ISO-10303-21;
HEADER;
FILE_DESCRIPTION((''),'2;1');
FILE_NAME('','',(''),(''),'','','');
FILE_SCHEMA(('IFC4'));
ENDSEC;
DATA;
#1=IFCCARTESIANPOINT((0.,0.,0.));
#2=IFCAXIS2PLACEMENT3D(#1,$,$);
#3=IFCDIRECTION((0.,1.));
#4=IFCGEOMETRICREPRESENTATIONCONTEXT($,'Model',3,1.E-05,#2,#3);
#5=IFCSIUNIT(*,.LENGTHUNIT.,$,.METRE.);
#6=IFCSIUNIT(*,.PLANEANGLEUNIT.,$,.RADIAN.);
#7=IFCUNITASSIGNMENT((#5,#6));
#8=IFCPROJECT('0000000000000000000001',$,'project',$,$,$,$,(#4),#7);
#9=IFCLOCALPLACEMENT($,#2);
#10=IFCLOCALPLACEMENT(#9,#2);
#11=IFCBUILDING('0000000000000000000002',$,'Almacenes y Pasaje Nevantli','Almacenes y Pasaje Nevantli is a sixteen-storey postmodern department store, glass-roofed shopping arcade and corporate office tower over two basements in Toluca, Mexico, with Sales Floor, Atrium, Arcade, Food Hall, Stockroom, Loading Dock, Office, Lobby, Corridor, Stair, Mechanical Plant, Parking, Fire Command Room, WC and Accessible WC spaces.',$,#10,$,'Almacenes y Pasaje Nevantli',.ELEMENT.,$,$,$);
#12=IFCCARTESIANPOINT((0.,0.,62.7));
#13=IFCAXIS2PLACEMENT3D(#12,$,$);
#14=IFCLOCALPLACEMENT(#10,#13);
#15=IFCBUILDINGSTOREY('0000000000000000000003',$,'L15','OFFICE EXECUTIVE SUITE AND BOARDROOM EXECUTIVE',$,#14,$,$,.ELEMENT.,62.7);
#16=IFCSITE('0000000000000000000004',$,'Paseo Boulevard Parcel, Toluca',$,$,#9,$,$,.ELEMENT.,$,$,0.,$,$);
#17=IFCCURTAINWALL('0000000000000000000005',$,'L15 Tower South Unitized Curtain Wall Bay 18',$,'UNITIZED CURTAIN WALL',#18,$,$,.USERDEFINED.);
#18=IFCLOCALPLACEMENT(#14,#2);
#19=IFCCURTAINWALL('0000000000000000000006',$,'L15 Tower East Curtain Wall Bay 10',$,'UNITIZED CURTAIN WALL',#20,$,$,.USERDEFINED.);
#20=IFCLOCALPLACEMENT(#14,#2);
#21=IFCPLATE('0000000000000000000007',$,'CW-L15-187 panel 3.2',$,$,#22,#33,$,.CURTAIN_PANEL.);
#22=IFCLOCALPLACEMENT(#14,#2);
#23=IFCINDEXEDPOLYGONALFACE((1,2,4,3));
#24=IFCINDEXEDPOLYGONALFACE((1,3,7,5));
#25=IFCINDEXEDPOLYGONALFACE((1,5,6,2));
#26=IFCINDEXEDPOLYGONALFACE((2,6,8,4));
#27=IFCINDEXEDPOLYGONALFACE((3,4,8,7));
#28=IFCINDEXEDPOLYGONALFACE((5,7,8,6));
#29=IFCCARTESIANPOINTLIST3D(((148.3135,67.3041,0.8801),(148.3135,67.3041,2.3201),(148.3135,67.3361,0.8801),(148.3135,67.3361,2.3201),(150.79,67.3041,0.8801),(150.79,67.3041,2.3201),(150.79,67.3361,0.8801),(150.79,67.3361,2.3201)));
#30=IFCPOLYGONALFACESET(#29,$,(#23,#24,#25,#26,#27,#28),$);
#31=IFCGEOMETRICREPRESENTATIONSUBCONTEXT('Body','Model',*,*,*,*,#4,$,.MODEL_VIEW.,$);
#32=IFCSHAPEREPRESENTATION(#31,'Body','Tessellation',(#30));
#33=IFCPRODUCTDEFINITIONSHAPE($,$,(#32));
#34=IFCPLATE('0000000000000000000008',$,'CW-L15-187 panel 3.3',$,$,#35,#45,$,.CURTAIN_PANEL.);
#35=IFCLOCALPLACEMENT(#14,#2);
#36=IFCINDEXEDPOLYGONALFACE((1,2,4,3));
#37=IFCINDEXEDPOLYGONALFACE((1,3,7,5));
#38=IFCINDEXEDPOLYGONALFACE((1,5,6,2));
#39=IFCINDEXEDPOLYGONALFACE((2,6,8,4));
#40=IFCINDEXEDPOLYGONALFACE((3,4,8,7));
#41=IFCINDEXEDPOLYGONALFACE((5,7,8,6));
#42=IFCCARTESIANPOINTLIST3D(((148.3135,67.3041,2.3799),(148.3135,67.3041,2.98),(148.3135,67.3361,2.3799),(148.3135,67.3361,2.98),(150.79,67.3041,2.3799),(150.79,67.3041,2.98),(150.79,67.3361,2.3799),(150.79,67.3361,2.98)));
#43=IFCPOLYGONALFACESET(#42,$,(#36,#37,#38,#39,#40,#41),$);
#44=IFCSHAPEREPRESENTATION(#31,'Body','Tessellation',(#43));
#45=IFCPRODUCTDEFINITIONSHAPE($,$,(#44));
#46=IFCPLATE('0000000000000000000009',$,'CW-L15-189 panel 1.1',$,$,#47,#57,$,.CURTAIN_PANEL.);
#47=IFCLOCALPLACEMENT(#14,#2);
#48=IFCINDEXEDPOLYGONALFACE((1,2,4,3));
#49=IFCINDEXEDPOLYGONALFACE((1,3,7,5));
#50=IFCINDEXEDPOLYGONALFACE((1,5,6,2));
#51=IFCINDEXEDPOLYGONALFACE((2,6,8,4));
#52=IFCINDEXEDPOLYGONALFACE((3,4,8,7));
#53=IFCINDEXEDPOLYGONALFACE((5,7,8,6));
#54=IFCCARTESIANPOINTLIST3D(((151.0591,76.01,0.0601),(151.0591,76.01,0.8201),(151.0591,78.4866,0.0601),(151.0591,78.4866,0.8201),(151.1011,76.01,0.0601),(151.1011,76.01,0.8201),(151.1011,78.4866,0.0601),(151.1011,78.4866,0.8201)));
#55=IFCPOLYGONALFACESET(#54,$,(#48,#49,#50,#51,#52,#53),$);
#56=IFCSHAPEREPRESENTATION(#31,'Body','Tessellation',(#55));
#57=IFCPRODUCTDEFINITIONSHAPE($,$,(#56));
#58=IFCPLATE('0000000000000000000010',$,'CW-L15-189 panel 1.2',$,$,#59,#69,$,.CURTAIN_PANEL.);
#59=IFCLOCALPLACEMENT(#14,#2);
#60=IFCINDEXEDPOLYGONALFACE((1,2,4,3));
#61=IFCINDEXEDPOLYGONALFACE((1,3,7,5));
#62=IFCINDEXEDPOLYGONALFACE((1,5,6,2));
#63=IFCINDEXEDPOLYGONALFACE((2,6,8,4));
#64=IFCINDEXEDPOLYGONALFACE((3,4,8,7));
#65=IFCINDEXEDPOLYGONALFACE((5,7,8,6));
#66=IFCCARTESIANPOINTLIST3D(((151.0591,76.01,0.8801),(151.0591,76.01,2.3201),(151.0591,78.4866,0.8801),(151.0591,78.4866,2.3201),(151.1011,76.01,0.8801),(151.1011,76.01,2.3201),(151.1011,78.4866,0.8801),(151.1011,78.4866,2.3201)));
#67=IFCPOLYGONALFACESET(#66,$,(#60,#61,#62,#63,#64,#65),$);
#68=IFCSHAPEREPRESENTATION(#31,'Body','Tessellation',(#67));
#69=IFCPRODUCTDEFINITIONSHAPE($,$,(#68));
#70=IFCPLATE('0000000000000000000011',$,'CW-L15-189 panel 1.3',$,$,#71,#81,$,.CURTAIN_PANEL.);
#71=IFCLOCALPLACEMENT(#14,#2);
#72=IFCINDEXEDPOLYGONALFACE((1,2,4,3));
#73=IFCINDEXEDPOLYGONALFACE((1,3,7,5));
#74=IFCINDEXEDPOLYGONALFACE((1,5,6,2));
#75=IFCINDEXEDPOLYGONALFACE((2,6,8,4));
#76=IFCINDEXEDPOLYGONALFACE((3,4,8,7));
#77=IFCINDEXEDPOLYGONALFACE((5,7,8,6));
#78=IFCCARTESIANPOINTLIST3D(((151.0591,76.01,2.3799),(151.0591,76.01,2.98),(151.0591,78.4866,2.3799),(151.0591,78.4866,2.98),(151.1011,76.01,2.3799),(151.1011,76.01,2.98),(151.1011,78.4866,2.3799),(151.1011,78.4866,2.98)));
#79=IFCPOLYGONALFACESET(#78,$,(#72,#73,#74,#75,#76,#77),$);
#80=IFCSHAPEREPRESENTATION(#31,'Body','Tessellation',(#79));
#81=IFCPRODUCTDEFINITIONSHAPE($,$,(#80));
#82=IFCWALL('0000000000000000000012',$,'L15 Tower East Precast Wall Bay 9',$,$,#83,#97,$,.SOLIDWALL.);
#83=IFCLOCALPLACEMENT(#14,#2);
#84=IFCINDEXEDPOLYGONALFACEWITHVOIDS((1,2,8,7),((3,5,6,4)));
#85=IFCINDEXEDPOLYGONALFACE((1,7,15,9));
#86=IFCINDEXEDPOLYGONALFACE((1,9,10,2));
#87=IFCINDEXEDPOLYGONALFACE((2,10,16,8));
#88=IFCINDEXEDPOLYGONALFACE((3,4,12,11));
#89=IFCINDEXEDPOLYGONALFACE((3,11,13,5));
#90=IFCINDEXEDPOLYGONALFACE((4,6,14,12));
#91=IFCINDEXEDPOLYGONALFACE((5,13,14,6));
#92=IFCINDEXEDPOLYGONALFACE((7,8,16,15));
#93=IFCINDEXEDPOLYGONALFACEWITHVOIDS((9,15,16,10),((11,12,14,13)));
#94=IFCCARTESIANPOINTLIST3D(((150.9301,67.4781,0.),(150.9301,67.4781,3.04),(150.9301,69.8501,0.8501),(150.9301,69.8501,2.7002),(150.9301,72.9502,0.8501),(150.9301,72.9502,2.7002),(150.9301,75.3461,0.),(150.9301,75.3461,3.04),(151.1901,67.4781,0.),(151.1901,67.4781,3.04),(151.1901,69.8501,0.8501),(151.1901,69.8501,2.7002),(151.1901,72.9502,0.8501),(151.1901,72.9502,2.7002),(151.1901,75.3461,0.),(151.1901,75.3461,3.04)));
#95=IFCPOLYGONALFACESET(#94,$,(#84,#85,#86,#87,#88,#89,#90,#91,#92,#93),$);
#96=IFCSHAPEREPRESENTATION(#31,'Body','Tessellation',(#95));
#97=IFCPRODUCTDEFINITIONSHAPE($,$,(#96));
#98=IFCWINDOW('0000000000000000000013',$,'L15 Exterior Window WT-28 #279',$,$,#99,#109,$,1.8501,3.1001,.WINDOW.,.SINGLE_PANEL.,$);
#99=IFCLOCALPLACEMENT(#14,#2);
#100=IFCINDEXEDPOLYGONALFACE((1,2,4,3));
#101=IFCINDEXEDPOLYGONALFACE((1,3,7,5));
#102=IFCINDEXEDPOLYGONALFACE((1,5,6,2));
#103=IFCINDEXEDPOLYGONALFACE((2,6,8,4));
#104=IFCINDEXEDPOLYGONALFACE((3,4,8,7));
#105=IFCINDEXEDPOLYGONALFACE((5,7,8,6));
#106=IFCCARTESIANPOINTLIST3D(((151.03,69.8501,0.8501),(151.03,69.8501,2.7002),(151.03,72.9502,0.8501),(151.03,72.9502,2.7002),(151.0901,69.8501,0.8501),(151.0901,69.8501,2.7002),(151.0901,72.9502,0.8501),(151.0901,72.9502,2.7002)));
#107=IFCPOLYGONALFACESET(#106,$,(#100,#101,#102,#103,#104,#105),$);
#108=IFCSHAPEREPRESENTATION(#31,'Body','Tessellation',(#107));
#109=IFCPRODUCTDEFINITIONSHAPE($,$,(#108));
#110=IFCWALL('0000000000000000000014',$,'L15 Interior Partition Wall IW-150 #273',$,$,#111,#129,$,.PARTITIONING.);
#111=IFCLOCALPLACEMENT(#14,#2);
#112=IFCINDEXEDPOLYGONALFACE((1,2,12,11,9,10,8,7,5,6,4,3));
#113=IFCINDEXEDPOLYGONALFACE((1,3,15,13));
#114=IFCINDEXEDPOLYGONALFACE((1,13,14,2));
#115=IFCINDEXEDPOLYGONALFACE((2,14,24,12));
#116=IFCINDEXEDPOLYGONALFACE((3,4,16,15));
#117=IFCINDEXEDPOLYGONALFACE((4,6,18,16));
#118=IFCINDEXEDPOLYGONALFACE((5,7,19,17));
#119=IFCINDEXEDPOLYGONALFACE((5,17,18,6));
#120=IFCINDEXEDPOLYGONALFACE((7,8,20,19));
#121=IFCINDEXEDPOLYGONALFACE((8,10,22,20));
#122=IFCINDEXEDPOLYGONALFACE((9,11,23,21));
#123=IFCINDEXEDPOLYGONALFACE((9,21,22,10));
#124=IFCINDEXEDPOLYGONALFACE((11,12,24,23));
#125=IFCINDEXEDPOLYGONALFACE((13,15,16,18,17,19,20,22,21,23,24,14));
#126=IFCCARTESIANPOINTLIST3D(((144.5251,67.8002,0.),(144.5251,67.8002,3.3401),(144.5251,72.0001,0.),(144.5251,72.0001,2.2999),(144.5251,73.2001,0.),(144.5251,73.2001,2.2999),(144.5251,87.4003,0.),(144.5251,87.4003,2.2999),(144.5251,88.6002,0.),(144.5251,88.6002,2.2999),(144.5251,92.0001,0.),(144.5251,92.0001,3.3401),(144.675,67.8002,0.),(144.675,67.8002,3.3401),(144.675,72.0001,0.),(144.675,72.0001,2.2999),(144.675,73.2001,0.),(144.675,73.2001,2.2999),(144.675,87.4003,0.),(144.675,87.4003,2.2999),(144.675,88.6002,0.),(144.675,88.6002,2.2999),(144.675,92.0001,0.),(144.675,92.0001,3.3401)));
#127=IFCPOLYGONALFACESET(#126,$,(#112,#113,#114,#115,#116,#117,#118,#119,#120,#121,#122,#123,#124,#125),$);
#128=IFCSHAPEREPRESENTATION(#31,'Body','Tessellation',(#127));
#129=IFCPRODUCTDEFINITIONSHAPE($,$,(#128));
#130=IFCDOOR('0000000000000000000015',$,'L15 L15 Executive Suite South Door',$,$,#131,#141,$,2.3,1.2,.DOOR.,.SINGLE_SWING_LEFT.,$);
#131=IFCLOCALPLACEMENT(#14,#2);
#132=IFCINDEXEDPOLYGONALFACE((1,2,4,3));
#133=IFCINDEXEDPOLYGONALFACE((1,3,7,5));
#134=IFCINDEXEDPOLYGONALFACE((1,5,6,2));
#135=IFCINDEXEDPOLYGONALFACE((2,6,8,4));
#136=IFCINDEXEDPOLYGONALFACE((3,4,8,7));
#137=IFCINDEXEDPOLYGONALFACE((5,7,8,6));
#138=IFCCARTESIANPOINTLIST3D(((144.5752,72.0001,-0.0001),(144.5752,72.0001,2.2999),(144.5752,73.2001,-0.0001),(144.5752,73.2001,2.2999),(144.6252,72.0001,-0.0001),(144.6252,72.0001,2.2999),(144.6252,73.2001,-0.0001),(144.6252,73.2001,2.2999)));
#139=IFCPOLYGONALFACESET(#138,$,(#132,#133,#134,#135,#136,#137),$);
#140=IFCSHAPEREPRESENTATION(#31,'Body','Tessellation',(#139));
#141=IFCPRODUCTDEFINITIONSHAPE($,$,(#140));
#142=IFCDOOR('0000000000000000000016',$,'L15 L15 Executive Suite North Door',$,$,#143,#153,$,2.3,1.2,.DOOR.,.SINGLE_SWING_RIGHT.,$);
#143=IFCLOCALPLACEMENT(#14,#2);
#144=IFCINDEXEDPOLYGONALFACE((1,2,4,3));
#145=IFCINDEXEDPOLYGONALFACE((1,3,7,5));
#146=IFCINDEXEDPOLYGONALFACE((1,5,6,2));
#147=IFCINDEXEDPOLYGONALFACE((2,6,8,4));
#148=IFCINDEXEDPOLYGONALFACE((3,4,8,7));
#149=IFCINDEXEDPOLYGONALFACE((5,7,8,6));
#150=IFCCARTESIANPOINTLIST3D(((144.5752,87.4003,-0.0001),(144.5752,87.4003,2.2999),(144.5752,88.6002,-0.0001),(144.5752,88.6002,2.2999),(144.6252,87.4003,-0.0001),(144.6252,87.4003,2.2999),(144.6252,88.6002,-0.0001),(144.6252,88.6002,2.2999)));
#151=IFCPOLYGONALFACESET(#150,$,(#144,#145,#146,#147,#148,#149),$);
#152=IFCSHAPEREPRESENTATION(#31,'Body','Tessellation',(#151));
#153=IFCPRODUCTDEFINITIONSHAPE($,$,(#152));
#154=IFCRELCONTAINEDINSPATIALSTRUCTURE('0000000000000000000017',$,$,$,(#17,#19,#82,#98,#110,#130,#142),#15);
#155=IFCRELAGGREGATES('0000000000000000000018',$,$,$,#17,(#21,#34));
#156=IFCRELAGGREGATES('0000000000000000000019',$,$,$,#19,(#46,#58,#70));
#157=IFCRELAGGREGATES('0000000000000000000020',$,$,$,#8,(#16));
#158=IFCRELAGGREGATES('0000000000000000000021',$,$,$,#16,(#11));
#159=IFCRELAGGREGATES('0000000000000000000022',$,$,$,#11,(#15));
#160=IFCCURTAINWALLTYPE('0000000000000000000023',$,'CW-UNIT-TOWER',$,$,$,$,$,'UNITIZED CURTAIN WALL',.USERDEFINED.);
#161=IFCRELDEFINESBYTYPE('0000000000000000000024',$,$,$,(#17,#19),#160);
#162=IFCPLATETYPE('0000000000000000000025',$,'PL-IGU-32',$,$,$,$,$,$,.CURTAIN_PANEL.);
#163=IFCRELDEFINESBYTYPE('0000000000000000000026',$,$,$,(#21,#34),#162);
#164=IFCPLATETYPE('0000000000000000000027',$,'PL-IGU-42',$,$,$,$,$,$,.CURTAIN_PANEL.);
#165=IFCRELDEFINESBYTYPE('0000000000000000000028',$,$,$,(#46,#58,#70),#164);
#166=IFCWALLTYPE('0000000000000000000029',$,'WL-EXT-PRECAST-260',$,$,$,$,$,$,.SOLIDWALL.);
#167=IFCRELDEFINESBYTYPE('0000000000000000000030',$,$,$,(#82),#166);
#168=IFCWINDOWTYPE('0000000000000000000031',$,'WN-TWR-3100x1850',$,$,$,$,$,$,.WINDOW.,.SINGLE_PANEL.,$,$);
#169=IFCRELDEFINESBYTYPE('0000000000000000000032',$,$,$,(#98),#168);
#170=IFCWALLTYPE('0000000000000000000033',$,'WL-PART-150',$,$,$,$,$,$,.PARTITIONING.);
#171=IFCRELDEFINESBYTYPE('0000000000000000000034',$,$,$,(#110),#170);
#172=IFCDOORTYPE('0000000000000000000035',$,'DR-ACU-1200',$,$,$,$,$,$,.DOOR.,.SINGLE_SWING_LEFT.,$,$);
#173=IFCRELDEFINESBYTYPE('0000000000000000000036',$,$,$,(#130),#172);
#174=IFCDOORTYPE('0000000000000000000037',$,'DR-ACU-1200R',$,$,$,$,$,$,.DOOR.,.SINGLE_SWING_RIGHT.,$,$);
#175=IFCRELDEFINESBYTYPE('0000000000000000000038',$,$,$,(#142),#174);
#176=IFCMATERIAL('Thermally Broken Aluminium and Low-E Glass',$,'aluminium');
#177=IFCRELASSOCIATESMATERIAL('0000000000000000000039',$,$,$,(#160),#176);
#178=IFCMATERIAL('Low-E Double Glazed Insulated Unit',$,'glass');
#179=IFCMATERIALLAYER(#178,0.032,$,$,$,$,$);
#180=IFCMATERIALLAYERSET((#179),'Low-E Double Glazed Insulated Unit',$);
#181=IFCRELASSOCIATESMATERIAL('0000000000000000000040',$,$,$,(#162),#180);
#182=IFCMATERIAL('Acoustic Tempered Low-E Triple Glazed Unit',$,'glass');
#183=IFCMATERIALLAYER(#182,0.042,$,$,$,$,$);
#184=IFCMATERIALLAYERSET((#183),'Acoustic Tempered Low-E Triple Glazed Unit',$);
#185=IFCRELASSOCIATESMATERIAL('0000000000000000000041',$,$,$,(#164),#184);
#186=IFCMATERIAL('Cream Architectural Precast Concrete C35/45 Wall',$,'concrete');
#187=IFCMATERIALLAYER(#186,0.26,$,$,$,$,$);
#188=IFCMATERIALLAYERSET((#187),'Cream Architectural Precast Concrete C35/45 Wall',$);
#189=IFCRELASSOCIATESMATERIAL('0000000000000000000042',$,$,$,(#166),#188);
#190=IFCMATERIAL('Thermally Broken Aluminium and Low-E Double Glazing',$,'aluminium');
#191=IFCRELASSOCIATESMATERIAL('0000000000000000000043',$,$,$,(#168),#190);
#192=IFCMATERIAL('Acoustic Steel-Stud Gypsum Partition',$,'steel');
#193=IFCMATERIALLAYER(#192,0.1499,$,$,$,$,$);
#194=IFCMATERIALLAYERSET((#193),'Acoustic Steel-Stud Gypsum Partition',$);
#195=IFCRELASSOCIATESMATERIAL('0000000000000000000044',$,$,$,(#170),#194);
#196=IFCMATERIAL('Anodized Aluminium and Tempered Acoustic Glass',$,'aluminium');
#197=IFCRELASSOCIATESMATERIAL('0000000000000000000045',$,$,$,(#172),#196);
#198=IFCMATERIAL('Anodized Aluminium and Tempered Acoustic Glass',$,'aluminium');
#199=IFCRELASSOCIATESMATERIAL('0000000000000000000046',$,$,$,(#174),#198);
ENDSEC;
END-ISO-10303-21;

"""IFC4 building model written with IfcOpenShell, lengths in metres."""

from ifc_helpers import new_model, si_unit, direction, frame, frame_2d, origin, origin_2d, place, context, subcontext, project, spatial, rectangle, extrude, material, layer, layer_set, type_object, element, fill, aggregate, save


model = new_model("IFC4")

# Units and contexts
model_context = context("Model", 3, precision=1e-05, world=origin(), true_north=direction((0.0, 1.0)))
body_context = subcontext(model_context, "Body", "Model", "MODEL_VIEW")
ifc_project = project(units=[si_unit("LENGTHUNIT", "METRE"), si_unit("PLANEANGLEUNIT", "RADIAN")], contexts=[model_context])

# Site, building, storey
site_placement = place(None, origin())
site = spatial("IfcSite", under=ifc_project, at=site_placement, Name="Paseo Boulevard Parcel, Toluca", CompositionType="ELEMENT", RefElevation=0.0)
building_placement = place(site_placement, origin())
building = spatial("IfcBuilding", under=site, at=building_placement, Name="Almacenes y Pasaje Nevantli", Description="Almacenes y Pasaje Nevantli is a sixteen-storey postmodern department store, glass-roofed shopping arcade and corporate office tower over two basements in Toluca, Mexico, with Sales Floor, Atrium, Arcade, Food Hall, Stockroom, Loading Dock, Office, Lobby, Corridor, Stair, Mechanical Plant, Parking, Fire Command Room, WC and Accessible WC spaces.", LongName="Almacenes y Pasaje Nevantli", CompositionType="ELEMENT")
storey_placement = place(building_placement, frame((0.0, 0.0, 62.7)))
storey = spatial("IfcBuildingStorey", under=building, at=storey_placement, Name="L15", Description="OFFICE EXECUTIVE SUITE AND BOARDROOM EXECUTIVE", CompositionType="ELEMENT", Elevation=62.7)

# Curtain wall
ifc_material_1 = material(Name="Thermally Broken Aluminium and Low-E Glass", Category="aluminium")
curtain_wall_type = type_object("IfcCurtainWallType", Name="CW-UNIT-TOWER", ElementType="UNITIZED CURTAIN WALL", PredefinedType="USERDEFINED", material=ifc_material_1)
curtain_wall_1_placement = place(storey_placement, origin())
curtain_wall_1 = element("IfcCurtainWall", 1, at=curtain_wall_1_placement, inside=storey, type_object=curtain_wall_type, Name="L15 Tower South Unitized Curtain Wall Bay 18", ObjectType="UNITIZED CURTAIN WALL", PredefinedType="USERDEFINED")

# Curtain wall
curtain_wall_2_placement = place(storey_placement, origin())
curtain_wall_2 = element("IfcCurtainWall", 2, at=curtain_wall_2_placement, inside=storey, type_object=curtain_wall_type, Name="L15 Tower East Curtain Wall Bay 10", ObjectType="UNITIZED CURTAIN WALL", PredefinedType="USERDEFINED")

# Plates
ifc_material_2 = material(Name="Low-E Double Glazed Insulated Unit", Category="glass")
ifc_layer_1 = layer(ifc_material_2, 0.032)
ifc_layer_set_1 = layer_set([ifc_layer_1], Name="Low-E Double Glazed Insulated Unit")
plate_type_1 = type_object("IfcPlateType", Name="PL-IGU-32", PredefinedType="CURTAIN_PANEL", material=ifc_layer_set_1)
plate_1_placement = place(storey_placement, frame((149.5518, 67.3201, 0.8801), z_axis=(0.0, 0.0, 1.0), x_axis=(1.0, 0.0, 0.0)))
plate_1 = element("IfcPlate", 3, at=plate_1_placement, type_object=plate_type_1, Name="CW-L15-187 panel 3.2", PredefinedType="CURTAIN_PANEL", context=body_context, shape_type="SweptSolid", body=[
    extrude(rectangle(XDim=2.4766, YDim=0.032, at=origin_2d()), origin(), (0.0, 0.0, 1.0), 1.4399),
])
plate_2_placement = place(storey_placement, frame((149.5518, 67.3201, 2.3799), z_axis=(0.0, 0.0, 1.0), x_axis=(1.0, 0.0, 0.0)))
plate_2 = element("IfcPlate", 4, at=plate_2_placement, type_object=plate_type_1, Name="CW-L15-187 panel 3.3", PredefinedType="CURTAIN_PANEL", context=body_context, shape_type="SweptSolid", body=[
    extrude(rectangle(XDim=2.4766, YDim=0.032, at=origin_2d()), origin(), (0.0, 0.0, 1.0), 0.6001),
])
aggregate(curtain_wall_1, [plate_1, plate_2])
ifc_material_3 = material(Name="Acoustic Tempered Low-E Triple Glazed Unit", Category="glass")
ifc_layer_2 = layer(ifc_material_3, 0.042)
ifc_layer_set_2 = layer_set([ifc_layer_2], Name="Acoustic Tempered Low-E Triple Glazed Unit")
plate_type_2 = type_object("IfcPlateType", Name="PL-IGU-42", PredefinedType="CURTAIN_PANEL", material=ifc_layer_set_2)
plate_3_placement = place(storey_placement, frame((151.0801, 77.2483, 0.0601), z_axis=(0.0, 0.0, 1.0), x_axis=(0.0, 1.0, 0.0)))
plate_3 = element("IfcPlate", 5, at=plate_3_placement, type_object=plate_type_2, Name="CW-L15-189 panel 1.1", PredefinedType="CURTAIN_PANEL", context=body_context, shape_type="SweptSolid", body=[
    extrude(rectangle(XDim=2.4766, YDim=0.042, at=origin_2d()), origin(), (0.0, 0.0, 1.0), 0.76),
])
plate_4_placement = place(storey_placement, frame((151.0801, 77.2483, 0.8801), z_axis=(0.0, 0.0, 1.0), x_axis=(0.0, 1.0, 0.0)))
plate_4 = element("IfcPlate", 6, at=plate_4_placement, type_object=plate_type_2, Name="CW-L15-189 panel 1.2", PredefinedType="CURTAIN_PANEL", context=body_context, shape_type="SweptSolid", body=[
    extrude(rectangle(XDim=2.4766, YDim=0.042, at=origin_2d()), origin(), (0.0, 0.0, 1.0), 1.4399),
])
plate_5_placement = place(storey_placement, frame((151.0801, 77.2483, 2.3799), z_axis=(0.0, 0.0, 1.0), x_axis=(0.0, 1.0, 0.0)))
plate_5 = element("IfcPlate", 7, at=plate_5_placement, type_object=plate_type_2, Name="CW-L15-189 panel 1.3", PredefinedType="CURTAIN_PANEL", context=body_context, shape_type="SweptSolid", body=[
    extrude(rectangle(XDim=2.4766, YDim=0.042, at=origin_2d()), origin(), (0.0, 0.0, 1.0), 0.6001),
])
aggregate(curtain_wall_2, [plate_3, plate_4, plate_5])

# Wall, opening, window
ifc_material_4 = material(Name="Cream Architectural Precast Concrete C35/45 Wall", Category="concrete")
ifc_layer_3 = layer(ifc_material_4, 0.26)
ifc_layer_set_3 = layer_set([ifc_layer_3], Name="Cream Architectural Precast Concrete C35/45 Wall")
wall_type_1 = type_object("IfcWallType", Name="WL-EXT-PRECAST-260", PredefinedType="SOLIDWALL", material=ifc_layer_set_3)
wall_1_placement = place(storey_placement, frame((151.0601, 67.478, 0.0), z_axis=(0.0, 0.0, 1.0), x_axis=(0.0, 1.0, 0.0)))
wall_1 = element("IfcWall", 8, at=wall_1_placement, inside=storey, type_object=wall_type_1, Name="L15 Tower East Precast Wall Bay 9", PredefinedType="SOLIDWALL", context=body_context, shape_type="SweptSolid", body=[
    extrude(rectangle(XDim=7.8679, YDim=0.26, at=frame_2d((3.9341, 0.0))), origin(), (0.0, 0.0, 1.0), 3.04),
])
opening_1_placement = place(wall_1_placement, frame((2.3721, 0.0, 0.8501)))
opening_1 = element("IfcOpeningElement", 9, at=opening_1_placement, cuts=wall_1, PredefinedType="OPENING", context=body_context, shape_type="SweptSolid", body=[
    extrude(rectangle(XDim=3.1001, YDim=1.8501, at=frame_2d((1.55, 0.925))), frame((0.0, 0.1399, 0.0), z_axis=(0.0, -1.0, 0.0), x_axis=(1.0, 0.0, 0.0)), (0.0, 0.0, 1.0), 0.28),
])
ifc_material_5 = material(Name="Thermally Broken Aluminium and Low-E Double Glazing", Category="aluminium")
window_type = type_object("IfcWindowType", Name="WN-TWR-3100x1850", PartitioningType="SINGLE_PANEL", PredefinedType="WINDOW", material=ifc_material_5)
window_placement = place(opening_1_placement, origin())
window = element("IfcWindow", 10, at=window_placement, inside=storey, type_object=window_type, Name="L15 Exterior Window WT-28 #279", OverallHeight=1.8501, OverallWidth=3.1001, PartitioningType="SINGLE_PANEL", PredefinedType="WINDOW", context=body_context, shape_type="SweptSolid", body=[
    extrude(rectangle(XDim=3.1001, YDim=1.8501, at=frame_2d((1.55, 0.925))), frame((0.0, 0.03, 0.0), z_axis=(0.0, -1.0, 0.0), x_axis=(1.0, 0.0, 0.0)), (0.0, 0.0, 1.0), 0.0601),
])
fill(opening_1, window)

# Wall, openings, doors
ifc_material_6 = material(Name="Acoustic Steel-Stud Gypsum Partition", Category="steel")
ifc_layer_4 = layer(ifc_material_6, 0.1499)
ifc_layer_set_4 = layer_set([ifc_layer_4], Name="Acoustic Steel-Stud Gypsum Partition")
wall_type_2 = type_object("IfcWallType", Name="WL-PART-150", PredefinedType="PARTITIONING", material=ifc_layer_set_4)
wall_2_placement = place(storey_placement, frame((144.6001, 67.8, 0.0), z_axis=(0.0, 0.0, 1.0), x_axis=(0.0, 1.0, 0.0)))
wall_2 = element("IfcWall", 11, at=wall_2_placement, inside=storey, type_object=wall_type_2, Name="L15 Interior Partition Wall IW-150 #273", PredefinedType="PARTITIONING", context=body_context, shape_type="SweptSolid", body=[
    extrude(rectangle(XDim=24.2, YDim=0.1499, at=frame_2d((12.1001, 0.0))), origin(), (0.0, 0.0, 1.0), 3.3401),
])
opening_2_placement = place(wall_2_placement, frame((4.2, 0.0, 0.0)))
opening_2 = element("IfcOpeningElement", 12, at=opening_2_placement, cuts=wall_2, PredefinedType="OPENING", context=body_context, shape_type="SweptSolid", body=[
    extrude(rectangle(XDim=1.2, YDim=2.3, at=frame_2d((0.6001, 1.1499))), frame((0.0, 0.085, 0.0), z_axis=(0.0, -1.0, 0.0), x_axis=(1.0, 0.0, 0.0)), (0.0, 0.0, 1.0), 0.1699),
])
opening_3_placement = place(wall_2_placement, frame((19.6001, 0.0, 0.0)))
opening_3 = element("IfcOpeningElement", 13, at=opening_3_placement, cuts=wall_2, PredefinedType="OPENING", context=body_context, shape_type="SweptSolid", body=[
    extrude(rectangle(XDim=1.2, YDim=2.3, at=frame_2d((0.6001, 1.1499))), frame((0.0, 0.085, 0.0), z_axis=(0.0, -1.0, 0.0), x_axis=(1.0, 0.0, 0.0)), (0.0, 0.0, 1.0), 0.1699),
])
ifc_material_7 = material(Name="Anodized Aluminium and Tempered Acoustic Glass", Category="aluminium")
door_type_1 = type_object("IfcDoorType", Name="DR-ACU-1200", OperationType="SINGLE_SWING_LEFT", PredefinedType="DOOR", material=ifc_material_7)
door_1_placement = place(opening_2_placement, origin())
door_1 = element("IfcDoor", 14, at=door_1_placement, inside=storey, type_object=door_type_1, Name="L15 L15 Executive Suite South Door", OperationType="SINGLE_SWING_LEFT", OverallHeight=2.3, OverallWidth=1.2, PredefinedType="DOOR", context=body_context, shape_type="SweptSolid", body=[
    extrude(rectangle(XDim=1.2, YDim=2.3, at=frame_2d((0.6001, 1.1499))), frame((0.0, 0.0249, 0.0), z_axis=(0.0, -1.0, 0.0), x_axis=(1.0, 0.0, 0.0)), (0.0, 0.0, 1.0), 0.05),
])
fill(opening_2, door_1)
ifc_material_8 = material(Name="Anodized Aluminium and Tempered Acoustic Glass", Category="aluminium")
door_type_2 = type_object("IfcDoorType", Name="DR-ACU-1200R", OperationType="SINGLE_SWING_RIGHT", PredefinedType="DOOR", material=ifc_material_8)
door_2_placement = place(opening_3_placement, origin())
door_2 = element("IfcDoor", 15, at=door_2_placement, inside=storey, type_object=door_type_2, Name="L15 L15 Executive Suite North Door", OperationType="SINGLE_SWING_RIGHT", OverallHeight=2.3, OverallWidth=1.2, PredefinedType="DOOR", context=body_context, shape_type="SweptSolid", body=[
    extrude(rectangle(XDim=1.2, YDim=2.3, at=frame_2d((0.6001, 1.1499))), frame((0.0, 0.0249, 0.0), z_axis=(0.0, -1.0, 0.0), x_axis=(1.0, 0.0, 0.0)), (0.0, 0.0, 1.0), 0.05),
])
fill(opening_3, door_2)

save(model, "model.ifc")
